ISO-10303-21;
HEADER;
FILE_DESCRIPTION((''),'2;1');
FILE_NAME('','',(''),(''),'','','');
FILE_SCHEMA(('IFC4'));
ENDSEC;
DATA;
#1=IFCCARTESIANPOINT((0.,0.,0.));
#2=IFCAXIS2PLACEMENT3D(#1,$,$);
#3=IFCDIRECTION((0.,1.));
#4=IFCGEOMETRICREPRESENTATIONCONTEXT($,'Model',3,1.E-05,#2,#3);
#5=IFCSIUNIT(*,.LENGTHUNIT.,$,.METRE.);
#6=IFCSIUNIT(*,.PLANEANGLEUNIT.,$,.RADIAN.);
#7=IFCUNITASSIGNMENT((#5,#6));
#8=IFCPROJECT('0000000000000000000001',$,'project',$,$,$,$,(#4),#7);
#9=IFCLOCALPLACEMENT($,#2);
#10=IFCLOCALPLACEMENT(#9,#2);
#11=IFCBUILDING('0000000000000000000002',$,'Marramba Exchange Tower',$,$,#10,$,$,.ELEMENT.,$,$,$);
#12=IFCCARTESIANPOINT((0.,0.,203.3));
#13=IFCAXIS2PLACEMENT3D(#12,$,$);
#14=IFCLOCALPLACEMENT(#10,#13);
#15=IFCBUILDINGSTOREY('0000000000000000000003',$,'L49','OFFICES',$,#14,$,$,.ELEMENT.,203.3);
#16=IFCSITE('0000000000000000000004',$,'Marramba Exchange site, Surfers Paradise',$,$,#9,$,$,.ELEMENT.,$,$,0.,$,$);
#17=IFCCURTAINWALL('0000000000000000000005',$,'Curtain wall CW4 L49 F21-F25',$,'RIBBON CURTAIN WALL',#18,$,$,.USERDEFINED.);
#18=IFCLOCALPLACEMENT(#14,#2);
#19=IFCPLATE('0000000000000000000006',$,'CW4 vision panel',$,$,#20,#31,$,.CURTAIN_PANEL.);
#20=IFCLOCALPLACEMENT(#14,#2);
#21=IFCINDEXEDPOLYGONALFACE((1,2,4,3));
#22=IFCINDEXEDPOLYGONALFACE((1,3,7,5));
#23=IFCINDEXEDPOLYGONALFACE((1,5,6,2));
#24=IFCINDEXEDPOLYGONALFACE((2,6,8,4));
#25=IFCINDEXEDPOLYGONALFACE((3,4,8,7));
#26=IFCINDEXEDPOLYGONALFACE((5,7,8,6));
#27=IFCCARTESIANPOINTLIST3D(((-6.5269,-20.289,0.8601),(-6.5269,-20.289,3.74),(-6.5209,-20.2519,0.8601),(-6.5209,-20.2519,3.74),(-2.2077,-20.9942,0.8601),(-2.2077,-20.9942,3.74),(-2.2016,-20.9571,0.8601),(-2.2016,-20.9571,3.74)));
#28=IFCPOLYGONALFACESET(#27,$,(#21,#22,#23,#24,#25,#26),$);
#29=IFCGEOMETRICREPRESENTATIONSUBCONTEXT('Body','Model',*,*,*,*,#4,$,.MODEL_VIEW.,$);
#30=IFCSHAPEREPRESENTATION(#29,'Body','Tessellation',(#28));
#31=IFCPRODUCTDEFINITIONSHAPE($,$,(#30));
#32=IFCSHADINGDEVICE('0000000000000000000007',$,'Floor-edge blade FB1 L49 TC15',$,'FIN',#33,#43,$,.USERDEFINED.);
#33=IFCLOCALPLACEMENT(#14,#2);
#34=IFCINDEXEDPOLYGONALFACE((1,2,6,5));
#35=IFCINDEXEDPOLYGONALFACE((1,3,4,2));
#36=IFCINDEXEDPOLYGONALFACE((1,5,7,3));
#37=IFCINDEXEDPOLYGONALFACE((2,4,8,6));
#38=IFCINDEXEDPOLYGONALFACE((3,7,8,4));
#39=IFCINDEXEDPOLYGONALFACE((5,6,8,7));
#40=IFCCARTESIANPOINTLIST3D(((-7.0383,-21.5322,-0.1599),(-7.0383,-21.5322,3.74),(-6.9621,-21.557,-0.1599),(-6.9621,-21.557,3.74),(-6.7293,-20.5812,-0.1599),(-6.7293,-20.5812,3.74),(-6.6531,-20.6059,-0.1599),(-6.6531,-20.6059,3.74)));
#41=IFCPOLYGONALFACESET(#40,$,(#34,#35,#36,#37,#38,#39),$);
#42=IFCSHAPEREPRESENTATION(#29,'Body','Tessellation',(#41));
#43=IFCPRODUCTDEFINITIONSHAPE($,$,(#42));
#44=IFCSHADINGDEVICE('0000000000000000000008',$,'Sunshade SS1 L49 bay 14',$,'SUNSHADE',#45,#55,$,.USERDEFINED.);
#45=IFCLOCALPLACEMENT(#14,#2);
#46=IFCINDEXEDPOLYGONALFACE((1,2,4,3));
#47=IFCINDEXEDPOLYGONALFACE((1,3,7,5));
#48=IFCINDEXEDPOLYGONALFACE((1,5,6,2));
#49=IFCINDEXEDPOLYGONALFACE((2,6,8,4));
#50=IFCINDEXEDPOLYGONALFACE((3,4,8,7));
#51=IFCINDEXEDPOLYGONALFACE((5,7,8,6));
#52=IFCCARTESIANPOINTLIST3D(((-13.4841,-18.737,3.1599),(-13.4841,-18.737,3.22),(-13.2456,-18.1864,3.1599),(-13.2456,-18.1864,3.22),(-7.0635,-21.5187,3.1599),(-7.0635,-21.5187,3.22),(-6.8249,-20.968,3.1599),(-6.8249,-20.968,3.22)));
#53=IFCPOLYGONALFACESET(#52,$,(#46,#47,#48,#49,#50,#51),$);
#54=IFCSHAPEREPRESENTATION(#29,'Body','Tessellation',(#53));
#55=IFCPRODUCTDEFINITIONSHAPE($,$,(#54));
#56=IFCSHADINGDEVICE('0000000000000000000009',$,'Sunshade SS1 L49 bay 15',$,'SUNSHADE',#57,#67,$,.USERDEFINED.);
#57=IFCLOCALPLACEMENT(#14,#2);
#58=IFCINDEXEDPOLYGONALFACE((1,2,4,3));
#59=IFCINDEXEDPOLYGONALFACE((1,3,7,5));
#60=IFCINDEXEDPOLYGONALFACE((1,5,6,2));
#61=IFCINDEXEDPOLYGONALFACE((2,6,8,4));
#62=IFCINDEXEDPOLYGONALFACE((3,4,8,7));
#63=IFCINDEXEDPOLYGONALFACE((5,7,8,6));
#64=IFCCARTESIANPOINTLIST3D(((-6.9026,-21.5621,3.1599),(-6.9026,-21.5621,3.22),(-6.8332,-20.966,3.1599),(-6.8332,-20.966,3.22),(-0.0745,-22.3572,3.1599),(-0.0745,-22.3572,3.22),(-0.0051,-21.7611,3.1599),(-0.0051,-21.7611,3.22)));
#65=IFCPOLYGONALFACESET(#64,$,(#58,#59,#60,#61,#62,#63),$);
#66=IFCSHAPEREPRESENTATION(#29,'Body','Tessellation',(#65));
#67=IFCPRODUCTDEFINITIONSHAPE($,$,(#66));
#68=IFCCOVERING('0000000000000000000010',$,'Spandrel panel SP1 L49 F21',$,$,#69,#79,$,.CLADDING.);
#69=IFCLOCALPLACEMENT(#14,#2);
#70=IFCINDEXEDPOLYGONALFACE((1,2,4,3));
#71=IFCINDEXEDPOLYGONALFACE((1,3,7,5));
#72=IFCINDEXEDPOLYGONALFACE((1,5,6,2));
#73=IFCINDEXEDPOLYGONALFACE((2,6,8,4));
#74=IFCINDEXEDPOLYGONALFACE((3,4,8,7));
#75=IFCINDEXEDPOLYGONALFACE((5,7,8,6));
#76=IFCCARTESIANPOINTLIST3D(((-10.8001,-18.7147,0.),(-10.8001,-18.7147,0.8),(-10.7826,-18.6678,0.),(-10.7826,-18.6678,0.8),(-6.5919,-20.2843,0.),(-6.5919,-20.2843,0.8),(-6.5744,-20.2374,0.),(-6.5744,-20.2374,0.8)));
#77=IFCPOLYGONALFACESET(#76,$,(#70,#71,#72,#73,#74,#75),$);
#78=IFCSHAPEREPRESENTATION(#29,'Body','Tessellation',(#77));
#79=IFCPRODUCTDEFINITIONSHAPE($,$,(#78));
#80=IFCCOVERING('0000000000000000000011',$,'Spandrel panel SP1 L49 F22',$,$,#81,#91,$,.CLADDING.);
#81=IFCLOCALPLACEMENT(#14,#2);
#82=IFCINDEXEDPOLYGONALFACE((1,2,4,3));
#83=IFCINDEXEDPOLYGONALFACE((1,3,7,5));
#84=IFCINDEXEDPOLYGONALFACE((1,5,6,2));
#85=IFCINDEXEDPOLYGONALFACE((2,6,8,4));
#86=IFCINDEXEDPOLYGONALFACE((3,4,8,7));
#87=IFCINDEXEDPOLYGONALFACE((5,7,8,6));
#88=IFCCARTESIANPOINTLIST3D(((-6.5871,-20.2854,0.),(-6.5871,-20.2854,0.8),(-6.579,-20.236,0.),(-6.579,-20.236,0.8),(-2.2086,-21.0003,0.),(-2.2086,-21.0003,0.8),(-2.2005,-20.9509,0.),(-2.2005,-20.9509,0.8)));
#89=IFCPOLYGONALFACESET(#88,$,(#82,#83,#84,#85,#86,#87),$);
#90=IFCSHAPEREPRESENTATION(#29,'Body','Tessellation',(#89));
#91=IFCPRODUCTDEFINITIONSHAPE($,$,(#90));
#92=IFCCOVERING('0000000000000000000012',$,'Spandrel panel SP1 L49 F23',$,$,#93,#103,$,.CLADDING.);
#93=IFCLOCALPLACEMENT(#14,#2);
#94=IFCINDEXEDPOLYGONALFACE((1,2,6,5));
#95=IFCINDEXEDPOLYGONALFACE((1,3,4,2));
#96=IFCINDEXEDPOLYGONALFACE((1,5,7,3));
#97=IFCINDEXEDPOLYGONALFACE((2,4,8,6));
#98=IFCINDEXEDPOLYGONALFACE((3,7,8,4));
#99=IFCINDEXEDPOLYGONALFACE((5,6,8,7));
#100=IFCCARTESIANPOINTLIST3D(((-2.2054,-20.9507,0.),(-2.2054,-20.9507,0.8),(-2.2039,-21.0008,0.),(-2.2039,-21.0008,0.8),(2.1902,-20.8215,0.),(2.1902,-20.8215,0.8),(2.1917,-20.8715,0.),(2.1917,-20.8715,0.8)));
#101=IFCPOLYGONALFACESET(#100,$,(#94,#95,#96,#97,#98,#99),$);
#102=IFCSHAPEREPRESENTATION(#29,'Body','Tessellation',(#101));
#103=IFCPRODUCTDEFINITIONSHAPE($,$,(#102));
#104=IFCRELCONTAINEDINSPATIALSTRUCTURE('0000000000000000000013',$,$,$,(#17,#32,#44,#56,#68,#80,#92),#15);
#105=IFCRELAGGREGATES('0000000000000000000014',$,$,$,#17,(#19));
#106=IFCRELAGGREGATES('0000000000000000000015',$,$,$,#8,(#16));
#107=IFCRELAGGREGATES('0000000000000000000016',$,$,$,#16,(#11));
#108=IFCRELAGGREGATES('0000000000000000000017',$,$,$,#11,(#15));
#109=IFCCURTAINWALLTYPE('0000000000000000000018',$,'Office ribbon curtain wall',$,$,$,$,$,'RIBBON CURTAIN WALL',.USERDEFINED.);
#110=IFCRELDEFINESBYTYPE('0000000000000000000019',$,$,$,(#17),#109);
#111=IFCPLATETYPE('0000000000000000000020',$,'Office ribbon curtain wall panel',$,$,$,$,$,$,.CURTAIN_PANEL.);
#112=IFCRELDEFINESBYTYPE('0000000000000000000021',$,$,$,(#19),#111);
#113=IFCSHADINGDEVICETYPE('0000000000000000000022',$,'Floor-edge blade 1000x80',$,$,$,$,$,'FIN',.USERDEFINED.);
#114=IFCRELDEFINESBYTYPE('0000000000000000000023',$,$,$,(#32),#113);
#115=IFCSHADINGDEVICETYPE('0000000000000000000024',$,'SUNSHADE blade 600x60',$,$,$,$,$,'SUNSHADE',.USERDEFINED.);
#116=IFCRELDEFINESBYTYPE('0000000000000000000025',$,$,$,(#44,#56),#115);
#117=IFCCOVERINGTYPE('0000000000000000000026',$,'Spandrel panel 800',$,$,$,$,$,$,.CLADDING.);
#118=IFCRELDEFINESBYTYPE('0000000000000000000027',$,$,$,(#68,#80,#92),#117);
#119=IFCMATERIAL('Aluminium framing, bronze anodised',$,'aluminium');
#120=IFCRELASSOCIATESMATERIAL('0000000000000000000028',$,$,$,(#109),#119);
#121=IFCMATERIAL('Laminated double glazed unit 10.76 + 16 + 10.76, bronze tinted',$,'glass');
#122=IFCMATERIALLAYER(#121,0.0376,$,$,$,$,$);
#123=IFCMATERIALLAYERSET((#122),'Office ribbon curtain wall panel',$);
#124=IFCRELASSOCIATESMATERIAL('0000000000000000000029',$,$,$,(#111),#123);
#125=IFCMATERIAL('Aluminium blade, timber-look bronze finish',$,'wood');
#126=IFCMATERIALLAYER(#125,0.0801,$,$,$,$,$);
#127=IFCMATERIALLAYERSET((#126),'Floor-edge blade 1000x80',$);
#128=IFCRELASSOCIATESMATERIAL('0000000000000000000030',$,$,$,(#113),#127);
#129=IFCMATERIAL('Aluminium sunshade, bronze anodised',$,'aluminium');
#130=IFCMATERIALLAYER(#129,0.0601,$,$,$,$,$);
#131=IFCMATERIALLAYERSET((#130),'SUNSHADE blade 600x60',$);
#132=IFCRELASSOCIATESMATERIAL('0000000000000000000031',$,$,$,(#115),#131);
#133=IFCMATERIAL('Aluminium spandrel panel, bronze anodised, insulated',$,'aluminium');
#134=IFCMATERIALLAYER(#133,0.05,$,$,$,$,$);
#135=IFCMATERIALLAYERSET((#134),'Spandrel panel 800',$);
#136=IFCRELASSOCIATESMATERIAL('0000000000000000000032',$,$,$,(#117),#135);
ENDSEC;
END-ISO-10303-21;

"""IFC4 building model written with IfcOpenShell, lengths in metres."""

from ifc_helpers import new_model, si_unit, direction, frame, origin, origin_2d, place, context, subcontext, project, spatial, rectangle, extrude, material, layer, layer_set, type_object, element, aggregate, save


model = new_model("IFC4")

# Units and contexts
model_context = context("Model", 3, precision=1e-05, world=origin(), true_north=direction((0.0, 1.0)))
body_context = subcontext(model_context, "Body", "Model", "MODEL_VIEW")
ifc_project = project(units=[si_unit("LENGTHUNIT", "METRE"), si_unit("PLANEANGLEUNIT", "RADIAN")], contexts=[model_context])

# Site, building, storey
site_placement = place(None, origin())
site = spatial("IfcSite", under=ifc_project, at=site_placement, Name="Marramba Exchange site, Surfers Paradise", CompositionType="ELEMENT", RefElevation=0.0)
building_placement = place(site_placement, origin())
building = spatial("IfcBuilding", under=site, at=building_placement, Name="Marramba Exchange Tower", CompositionType="ELEMENT")
storey_placement = place(building_placement, frame((0.0, 0.0, 203.3)))
storey = spatial("IfcBuildingStorey", under=building, at=storey_placement, Name="L49", Description="OFFICES", CompositionType="ELEMENT", Elevation=203.3)

# Curtain wall
ifc_material_1 = material(Name="Aluminium framing, bronze anodised", Category="aluminium")
curtain_wall_type = type_object("IfcCurtainWallType", Name="Office ribbon curtain wall", ElementType="RIBBON CURTAIN WALL", PredefinedType="USERDEFINED", material=ifc_material_1)
curtain_wall_1_placement = place(storey_placement, origin())
curtain_wall_1 = element("IfcCurtainWall", 1, at=curtain_wall_1_placement, inside=storey, type_object=curtain_wall_type, Name="Curtain wall CW4 L49 F21-F25", ObjectType="RIBBON CURTAIN WALL", PredefinedType="USERDEFINED")

# Shared definitions
ifc_material_2 = material(Name="Laminated double glazed unit 10.76 + 16 + 10.76, bronze tinted", Category="glass")
ifc_layer_1 = layer(ifc_material_2, 0.0376)
ifc_layer_set_1 = layer_set([ifc_layer_1], Name="Office ribbon curtain wall panel")
plate_type = type_object("IfcPlateType", Name="Office ribbon curtain wall panel", PredefinedType="CURTAIN_PANEL", material=ifc_layer_set_1)

# Plate
plate_1_placement = place(storey_placement, frame((-4.3643, -20.623, 0.8601), z_axis=(0.0, 0.0, 1.0), x_axis=(0.986931, -0.161146, 0.0)))
plate_1 = element("IfcPlate", 2, at=plate_1_placement, type_object=plate_type, Name="CW4 vision panel", PredefinedType="CURTAIN_PANEL", context=body_context, shape_type="SweptSolid", body=[
    extrude(rectangle(XDim=4.3765, YDim=0.0376, at=origin_2d()), origin(), (0.0, 0.0, 1.0), 2.8799),
])
aggregate(curtain_wall_1, [plate_1])

# Shading devices
ifc_material_3 = material(Name="Aluminium blade, timber-look bronze finish", Category="wood")
ifc_layer_2 = layer(ifc_material_3, 0.0801)
ifc_layer_set_2 = layer_set([ifc_layer_2], Name="Floor-edge blade 1000x80")
shading_device_type_1 = type_object("IfcShadingDeviceType", Name="Floor-edge blade 1000x80", ElementType="FIN", PredefinedType="USERDEFINED", material=ifc_layer_set_2)
shading_device_1_placement = place(storey_placement, frame((-6.8457, -21.0691, -0.1599), z_axis=(0.0, 0.0, 1.0), x_axis=(-0.309017, -0.951057, 0.0)))
element("IfcShadingDevice", 3, at=shading_device_1_placement, inside=storey, type_object=shading_device_type_1, Name="Floor-edge blade FB1 L49 TC15", ObjectType="FIN", PredefinedType="USERDEFINED", context=body_context, shape_type="SweptSolid", body=[
    extrude(rectangle(XDim=1.0, YDim=0.0801, at=origin_2d()), origin(), (0.0, 0.0, 1.0), 3.8999),
])
ifc_material_4 = material(Name="Aluminium sunshade, bronze anodised", Category="aluminium")
ifc_layer_3 = layer(ifc_material_4, 0.0601)
ifc_layer_set_3 = layer_set([ifc_layer_3], Name="SUNSHADE blade 600x60")
shading_device_type_2 = type_object("IfcShadingDeviceType", Name="SUNSHADE blade 600x60", ElementType="SUNSHADE", PredefinedType="USERDEFINED", material=ifc_layer_set_3)
shading_device_2_placement = place(storey_placement, frame((-10.1545, -19.8525, 3.1599), z_axis=(0.0, 0.0, 1.0), x_axis=(0.917589, -0.39753, 0.0)))
element("IfcShadingDevice", 4, at=shading_device_2_placement, inside=storey, type_object=shading_device_type_2, Name="Sunshade SS1 L49 bay 14", ObjectType="SUNSHADE", PredefinedType="USERDEFINED", context=body_context, shape_type="SweptSolid", body=[
    extrude(rectangle(XDim=6.9973, YDim=0.6001, at=origin_2d()), origin(), (0.0, 0.0, 1.0), 0.0601),
])
shading_device_3_placement = place(storey_placement, frame((-3.4539, -21.6616, 3.1599), z_axis=(0.0, 0.0, 1.0), x_axis=(0.993288, -0.115665, 0.0)))
element("IfcShadingDevice", 5, at=shading_device_3_placement, inside=storey, type_object=shading_device_type_2, Name="Sunshade SS1 L49 bay 15", ObjectType="SUNSHADE", PredefinedType="USERDEFINED", context=body_context, shape_type="SweptSolid", body=[
    extrude(rectangle(XDim=6.8743, YDim=0.6001, at=origin_2d()), origin(), (0.0, 0.0, 1.0), 0.0601),
])

# Coverings
ifc_material_5 = material(Name="Aluminium spandrel panel, bronze anodised, insulated", Category="aluminium")
ifc_layer_4 = layer(ifc_material_5, 0.05)
ifc_layer_set_4 = layer_set([ifc_layer_4], Name="Spandrel panel 800")
covering_type = type_object("IfcCoveringType", Name="Spandrel panel 800", PredefinedType="CLADDING", material=ifc_layer_set_4)
covering_1_placement = place(storey_placement, frame((-8.6873, -19.4761, 0.0), z_axis=(0.0, 0.0, 1.0), x_axis=(0.936952, -0.349459, 0.0)))
element("IfcCovering", 6, at=covering_1_placement, inside=storey, type_object=covering_type, Name="Spandrel panel SP1 L49 F21", PredefinedType="CLADDING", context=body_context, shape_type="SweptSolid", body=[
    extrude(rectangle(XDim=4.4915, YDim=0.05, at=origin_2d()), origin(), (0.0, 0.0, 1.0), 0.8),
])
covering_2_placement = place(storey_placement, frame((-4.3938, -20.6182, 0.0), z_axis=(0.0, 0.0, 1.0), x_axis=(0.986931, -0.161146, 0.0)))
element("IfcCovering", 7, at=covering_2_placement, inside=storey, type_object=covering_type, Name="Spandrel panel SP1 L49 F22", PredefinedType="CLADDING", context=body_context, shape_type="SweptSolid", body=[
    extrude(rectangle(XDim=4.4365, YDim=0.05, at=origin_2d()), origin(), (0.0, 0.0, 1.0), 0.8),
])
covering_3_placement = place(storey_placement, frame((-0.0068, -20.9111, 0.0), z_axis=(0.0, 0.0, 1.0), x_axis=(0.999568, 0.029393, 0.0)))
element("IfcCovering", 8, at=covering_3_placement, inside=storey, type_object=covering_type, Name="Spandrel panel SP1 L49 F23", PredefinedType="CLADDING", context=body_context, shape_type="SweptSolid", body=[
    extrude(rectangle(XDim=4.3975, YDim=0.05, at=origin_2d()), origin(), (0.0, 0.0, 1.0), 0.8),
])

save(model, "model.ifc")
